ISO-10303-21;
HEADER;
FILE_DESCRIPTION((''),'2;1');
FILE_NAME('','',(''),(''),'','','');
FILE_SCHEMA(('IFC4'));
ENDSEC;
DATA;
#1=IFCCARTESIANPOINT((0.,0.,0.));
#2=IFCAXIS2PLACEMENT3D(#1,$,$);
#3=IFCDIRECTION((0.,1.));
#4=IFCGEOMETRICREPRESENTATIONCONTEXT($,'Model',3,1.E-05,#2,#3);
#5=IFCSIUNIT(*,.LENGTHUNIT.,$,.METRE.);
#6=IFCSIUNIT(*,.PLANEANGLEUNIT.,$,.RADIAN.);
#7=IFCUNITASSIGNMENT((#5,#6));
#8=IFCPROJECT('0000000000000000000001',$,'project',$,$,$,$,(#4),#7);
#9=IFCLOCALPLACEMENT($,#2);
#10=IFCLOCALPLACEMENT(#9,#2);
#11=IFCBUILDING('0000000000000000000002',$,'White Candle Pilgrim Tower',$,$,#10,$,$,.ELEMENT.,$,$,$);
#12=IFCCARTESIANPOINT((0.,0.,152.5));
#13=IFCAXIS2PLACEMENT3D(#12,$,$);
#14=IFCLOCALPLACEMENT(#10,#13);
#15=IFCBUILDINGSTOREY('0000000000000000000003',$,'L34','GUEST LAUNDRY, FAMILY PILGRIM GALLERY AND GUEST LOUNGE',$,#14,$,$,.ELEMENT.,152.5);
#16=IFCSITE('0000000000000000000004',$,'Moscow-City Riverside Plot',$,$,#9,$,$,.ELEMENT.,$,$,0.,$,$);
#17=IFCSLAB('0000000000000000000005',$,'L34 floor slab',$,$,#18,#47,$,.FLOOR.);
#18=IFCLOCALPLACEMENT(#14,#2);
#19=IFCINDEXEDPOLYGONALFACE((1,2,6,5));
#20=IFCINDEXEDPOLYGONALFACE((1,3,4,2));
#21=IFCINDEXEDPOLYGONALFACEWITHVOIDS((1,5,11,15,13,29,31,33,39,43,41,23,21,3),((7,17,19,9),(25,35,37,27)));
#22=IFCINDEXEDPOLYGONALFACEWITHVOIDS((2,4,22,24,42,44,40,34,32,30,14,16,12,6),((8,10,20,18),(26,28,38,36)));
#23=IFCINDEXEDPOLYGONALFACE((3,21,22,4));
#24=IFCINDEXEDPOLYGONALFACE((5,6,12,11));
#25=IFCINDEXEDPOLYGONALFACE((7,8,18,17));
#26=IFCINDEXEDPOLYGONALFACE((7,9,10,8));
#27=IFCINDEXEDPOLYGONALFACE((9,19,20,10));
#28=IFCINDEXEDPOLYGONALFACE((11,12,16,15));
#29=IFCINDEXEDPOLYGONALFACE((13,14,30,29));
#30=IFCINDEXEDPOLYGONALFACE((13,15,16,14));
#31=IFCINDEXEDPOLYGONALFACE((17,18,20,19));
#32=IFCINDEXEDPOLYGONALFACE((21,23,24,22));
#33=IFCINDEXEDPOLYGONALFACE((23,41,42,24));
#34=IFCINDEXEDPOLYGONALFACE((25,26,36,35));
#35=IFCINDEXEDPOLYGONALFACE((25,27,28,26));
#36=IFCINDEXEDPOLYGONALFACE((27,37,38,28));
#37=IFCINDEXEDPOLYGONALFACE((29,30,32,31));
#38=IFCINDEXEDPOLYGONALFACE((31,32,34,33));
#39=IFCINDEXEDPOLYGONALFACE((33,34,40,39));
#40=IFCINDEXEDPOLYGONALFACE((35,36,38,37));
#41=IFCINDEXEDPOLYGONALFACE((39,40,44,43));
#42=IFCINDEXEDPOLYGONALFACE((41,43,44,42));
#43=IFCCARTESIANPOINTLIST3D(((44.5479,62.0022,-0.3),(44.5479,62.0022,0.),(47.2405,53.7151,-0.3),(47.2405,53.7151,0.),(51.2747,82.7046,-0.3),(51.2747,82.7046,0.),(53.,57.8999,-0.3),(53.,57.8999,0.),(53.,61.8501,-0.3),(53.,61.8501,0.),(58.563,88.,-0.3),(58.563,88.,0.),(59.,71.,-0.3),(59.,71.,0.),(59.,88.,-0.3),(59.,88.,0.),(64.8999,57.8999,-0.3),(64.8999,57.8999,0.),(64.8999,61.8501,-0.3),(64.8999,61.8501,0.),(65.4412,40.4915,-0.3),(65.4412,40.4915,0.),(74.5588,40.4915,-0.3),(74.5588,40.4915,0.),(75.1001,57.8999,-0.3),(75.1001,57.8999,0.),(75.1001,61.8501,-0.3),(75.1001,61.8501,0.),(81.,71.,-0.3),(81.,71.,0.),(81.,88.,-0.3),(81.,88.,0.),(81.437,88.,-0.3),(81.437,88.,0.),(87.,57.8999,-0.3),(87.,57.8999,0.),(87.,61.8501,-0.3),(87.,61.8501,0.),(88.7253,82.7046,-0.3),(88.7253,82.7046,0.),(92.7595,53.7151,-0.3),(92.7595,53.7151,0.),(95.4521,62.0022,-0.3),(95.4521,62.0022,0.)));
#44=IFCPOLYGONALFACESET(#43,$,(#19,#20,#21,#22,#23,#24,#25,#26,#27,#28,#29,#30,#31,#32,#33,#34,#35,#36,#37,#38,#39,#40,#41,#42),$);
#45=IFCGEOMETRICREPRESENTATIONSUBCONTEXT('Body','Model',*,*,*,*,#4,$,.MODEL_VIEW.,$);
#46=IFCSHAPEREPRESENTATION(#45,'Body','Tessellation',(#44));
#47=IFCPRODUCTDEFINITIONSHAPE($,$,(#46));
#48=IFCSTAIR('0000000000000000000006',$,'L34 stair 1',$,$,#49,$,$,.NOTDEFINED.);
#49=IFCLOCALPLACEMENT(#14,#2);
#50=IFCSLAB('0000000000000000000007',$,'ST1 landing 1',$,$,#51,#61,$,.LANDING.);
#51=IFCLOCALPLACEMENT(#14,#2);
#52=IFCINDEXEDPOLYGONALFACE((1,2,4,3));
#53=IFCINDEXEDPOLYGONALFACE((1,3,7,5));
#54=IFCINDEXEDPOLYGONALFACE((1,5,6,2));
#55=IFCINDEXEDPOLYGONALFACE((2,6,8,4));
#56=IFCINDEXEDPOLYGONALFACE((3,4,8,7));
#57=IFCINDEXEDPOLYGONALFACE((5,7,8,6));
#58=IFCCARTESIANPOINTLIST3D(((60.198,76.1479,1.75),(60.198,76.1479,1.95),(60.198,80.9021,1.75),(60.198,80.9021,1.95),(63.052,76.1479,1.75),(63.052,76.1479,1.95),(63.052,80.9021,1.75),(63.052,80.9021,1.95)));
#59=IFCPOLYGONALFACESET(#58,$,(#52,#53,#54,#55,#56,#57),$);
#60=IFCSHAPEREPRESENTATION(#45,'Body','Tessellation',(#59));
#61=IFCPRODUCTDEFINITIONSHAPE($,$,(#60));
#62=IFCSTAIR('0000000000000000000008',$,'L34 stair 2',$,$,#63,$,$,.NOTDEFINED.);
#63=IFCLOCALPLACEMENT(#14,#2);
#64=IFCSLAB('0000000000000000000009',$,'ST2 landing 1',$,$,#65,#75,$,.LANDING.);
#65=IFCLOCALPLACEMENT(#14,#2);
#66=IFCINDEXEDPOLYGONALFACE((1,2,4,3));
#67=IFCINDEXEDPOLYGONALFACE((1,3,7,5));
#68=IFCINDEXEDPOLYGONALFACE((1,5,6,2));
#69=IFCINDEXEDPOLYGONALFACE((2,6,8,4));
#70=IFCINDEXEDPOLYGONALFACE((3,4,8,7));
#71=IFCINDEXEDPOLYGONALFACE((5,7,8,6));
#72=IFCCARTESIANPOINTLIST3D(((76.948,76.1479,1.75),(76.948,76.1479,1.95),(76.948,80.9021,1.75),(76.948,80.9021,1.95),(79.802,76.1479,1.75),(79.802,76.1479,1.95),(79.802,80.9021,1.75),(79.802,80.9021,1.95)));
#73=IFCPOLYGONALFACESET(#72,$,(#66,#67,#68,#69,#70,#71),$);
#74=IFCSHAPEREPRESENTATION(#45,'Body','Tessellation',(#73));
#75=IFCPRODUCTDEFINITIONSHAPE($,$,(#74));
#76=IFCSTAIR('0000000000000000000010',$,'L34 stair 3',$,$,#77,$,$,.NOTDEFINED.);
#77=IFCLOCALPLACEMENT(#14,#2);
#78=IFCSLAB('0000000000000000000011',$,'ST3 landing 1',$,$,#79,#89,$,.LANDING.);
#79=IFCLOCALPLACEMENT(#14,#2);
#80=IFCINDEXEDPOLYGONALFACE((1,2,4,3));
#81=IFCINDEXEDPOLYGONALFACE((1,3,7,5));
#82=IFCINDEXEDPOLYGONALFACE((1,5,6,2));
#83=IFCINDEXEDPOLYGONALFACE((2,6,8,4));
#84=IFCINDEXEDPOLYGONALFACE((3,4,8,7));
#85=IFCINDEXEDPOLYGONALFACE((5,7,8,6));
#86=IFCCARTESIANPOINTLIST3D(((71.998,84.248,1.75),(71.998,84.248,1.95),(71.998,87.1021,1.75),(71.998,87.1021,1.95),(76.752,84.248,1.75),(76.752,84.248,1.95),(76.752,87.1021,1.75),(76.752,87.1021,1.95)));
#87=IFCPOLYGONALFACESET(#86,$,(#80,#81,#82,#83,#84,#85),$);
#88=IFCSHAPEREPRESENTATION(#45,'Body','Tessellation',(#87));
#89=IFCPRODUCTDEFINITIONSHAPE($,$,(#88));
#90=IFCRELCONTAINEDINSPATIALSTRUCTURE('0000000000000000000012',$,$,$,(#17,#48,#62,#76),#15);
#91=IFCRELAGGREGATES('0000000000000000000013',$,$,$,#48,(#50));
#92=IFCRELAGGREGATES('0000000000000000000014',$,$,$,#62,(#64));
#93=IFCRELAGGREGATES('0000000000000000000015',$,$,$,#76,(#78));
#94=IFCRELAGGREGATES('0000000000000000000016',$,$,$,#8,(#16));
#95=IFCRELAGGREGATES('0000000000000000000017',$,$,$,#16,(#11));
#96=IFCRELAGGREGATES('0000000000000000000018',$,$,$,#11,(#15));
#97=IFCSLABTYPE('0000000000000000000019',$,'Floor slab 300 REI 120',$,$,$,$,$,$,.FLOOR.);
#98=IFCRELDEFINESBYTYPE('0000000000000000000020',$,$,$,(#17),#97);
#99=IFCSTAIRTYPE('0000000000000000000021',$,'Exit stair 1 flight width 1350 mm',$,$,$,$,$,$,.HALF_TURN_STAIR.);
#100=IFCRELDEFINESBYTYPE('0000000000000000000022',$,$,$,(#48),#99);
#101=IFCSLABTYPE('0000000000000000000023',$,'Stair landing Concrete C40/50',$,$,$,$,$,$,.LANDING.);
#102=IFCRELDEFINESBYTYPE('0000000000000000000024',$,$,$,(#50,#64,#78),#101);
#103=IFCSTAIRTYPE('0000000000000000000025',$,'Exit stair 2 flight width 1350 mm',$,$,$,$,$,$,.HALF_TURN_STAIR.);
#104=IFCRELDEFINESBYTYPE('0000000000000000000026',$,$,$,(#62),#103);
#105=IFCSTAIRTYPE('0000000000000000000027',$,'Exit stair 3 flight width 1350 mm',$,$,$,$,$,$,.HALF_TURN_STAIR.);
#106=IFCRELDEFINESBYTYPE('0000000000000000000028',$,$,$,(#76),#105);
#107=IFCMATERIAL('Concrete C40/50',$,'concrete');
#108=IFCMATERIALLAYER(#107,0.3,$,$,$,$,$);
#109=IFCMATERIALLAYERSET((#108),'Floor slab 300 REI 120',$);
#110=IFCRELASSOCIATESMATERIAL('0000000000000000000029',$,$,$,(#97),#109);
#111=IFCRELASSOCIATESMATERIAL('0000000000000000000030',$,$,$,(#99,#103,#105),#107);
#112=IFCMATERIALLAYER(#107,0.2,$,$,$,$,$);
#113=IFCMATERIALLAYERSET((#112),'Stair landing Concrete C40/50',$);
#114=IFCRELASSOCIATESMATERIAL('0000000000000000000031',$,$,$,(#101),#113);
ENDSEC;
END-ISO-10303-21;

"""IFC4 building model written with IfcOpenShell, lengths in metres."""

from ifc_helpers import new_model, si_unit, direction, frame, origin, place, context, subcontext, project, spatial, polyline, outline, extrude, material, layer, layer_set, type_object, element, aggregate, save


model = new_model("IFC4")

# Units and contexts
model_context = context("Model", 3, precision=1e-05, world=origin(), true_north=direction((0.0, 1.0)))
body_context = subcontext(model_context, "Body", "Model", "MODEL_VIEW")
ifc_project = project(units=[si_unit("LENGTHUNIT", "METRE"), si_unit("PLANEANGLEUNIT", "RADIAN")], contexts=[model_context])

# Site, building, storey
site_placement = place(None, origin())
site = spatial("IfcSite", under=ifc_project, at=site_placement, Name="Moscow-City Riverside Plot", CompositionType="ELEMENT", RefElevation=0.0)
building_placement = place(site_placement, origin())
building = spatial("IfcBuilding", under=site, at=building_placement, Name="White Candle Pilgrim Tower", CompositionType="ELEMENT")
storey_placement = place(building_placement, frame((0.0, 0.0, 152.5)))
storey = spatial("IfcBuildingStorey", under=building, at=storey_placement, Name="L34", Description="GUEST LAUNDRY, FAMILY PILGRIM GALLERY AND GUEST LOUNGE", CompositionType="ELEMENT", Elevation=152.5)

# Slab
ifc_material = material(Name="Concrete C40/50", Category="concrete")
ifc_layer_1 = layer(ifc_material, 0.3)
ifc_layer_set_1 = layer_set([ifc_layer_1], Name="Floor slab 300 REI 120")
slab_type_1 = type_object("IfcSlabType", Name="Floor slab 300 REI 120", PredefinedType="FLOOR", material=ifc_layer_set_1)
slab_1_placement = place(storey_placement, frame((0.0, 0.0, -0.3)))
element("IfcSlab", 1, at=slab_1_placement, inside=storey, type_object=slab_type_1, Name="L34 floor slab", PredefinedType="FLOOR", context=body_context, shape_type="SweptSolid", body=[
    extrude(outline(polyline([(65.4412, 40.4915), (74.5588, 40.4915), (92.7595, 53.7151), (95.4521, 62.0022), (88.7253, 82.7046), (81.437, 88.0), (81.0, 88.0), (81.0, 71.0), (59.0, 71.0), (59.0, 88.0), (58.563, 88.0), (51.2747, 82.7046), (44.5479, 62.0022), (47.2405, 53.7151), (65.4412, 40.4915)]), holes=[polyline([(53.0, 57.8999), (53.0, 61.8501), (64.8999, 61.8501), (64.8999, 57.8999), (53.0, 57.8999)]), polyline([(75.1001, 57.8999), (75.1001, 61.8501), (87.0, 61.8501), (87.0, 57.8999), (75.1001, 57.8999)])]), origin(), (0.0, 0.0, 1.0), 0.3),
])

# Stairs, slabs
stair_type_1 = type_object("IfcStairType", Name="Exit stair 1 flight width 1350 mm", PredefinedType="HALF_TURN_STAIR", material=ifc_material)
stair_1_placement = place(storey_placement, origin())
stair_1 = element("IfcStair", 2, at=stair_1_placement, inside=storey, type_object=stair_type_1, Name="L34 stair 1", PredefinedType="NOTDEFINED")
ifc_layer_2 = layer(ifc_material, 0.2)
ifc_layer_set_2 = layer_set([ifc_layer_2], Name="Stair landing Concrete C40/50")
slab_type_2 = type_object("IfcSlabType", Name="Stair landing Concrete C40/50", PredefinedType="LANDING", material=ifc_layer_set_2)
slab_2_placement = place(storey_placement, frame((0.0, 0.0, 1.75)))
slab_2 = element("IfcSlab", 3, at=slab_2_placement, type_object=slab_type_2, Name="ST1 landing 1", PredefinedType="LANDING", context=body_context, shape_type="SweptSolid", body=[
    extrude(outline(polyline([(63.052, 76.1479), (60.198, 76.1479), (60.198, 80.9021), (63.052, 80.9021), (63.052, 76.1479)])), origin(), (0.0, 0.0, 1.0), 0.2),
])
aggregate(stair_1, [slab_2])
stair_type_2 = type_object("IfcStairType", Name="Exit stair 2 flight width 1350 mm", PredefinedType="HALF_TURN_STAIR", material=ifc_material)
stair_2_placement = place(storey_placement, origin())
stair_2 = element("IfcStair", 4, at=stair_2_placement, inside=storey, type_object=stair_type_2, Name="L34 stair 2", PredefinedType="NOTDEFINED")
slab_3_placement = place(storey_placement, frame((0.0, 0.0, 1.75)))
slab_3 = element("IfcSlab", 5, at=slab_3_placement, type_object=slab_type_2, Name="ST2 landing 1", PredefinedType="LANDING", context=body_context, shape_type="SweptSolid", body=[
    extrude(outline(polyline([(79.802, 76.1479), (76.948, 76.1479), (76.948, 80.9021), (79.802, 80.9021), (79.802, 76.1479)])), origin(), (0.0, 0.0, 1.0), 0.2),
])
aggregate(stair_2, [slab_3])
stair_type_3 = type_object("IfcStairType", Name="Exit stair 3 flight width 1350 mm", PredefinedType="HALF_TURN_STAIR", material=ifc_material)
stair_3_placement = place(storey_placement, origin())
stair_3 = element("IfcStair", 6, at=stair_3_placement, inside=storey, type_object=stair_type_3, Name="L34 stair 3", PredefinedType="NOTDEFINED")
slab_4_placement = place(storey_placement, frame((0.0, 0.0, 1.75)))
slab_4 = element("IfcSlab", 7, at=slab_4_placement, type_object=slab_type_2, Name="ST3 landing 1", PredefinedType="LANDING", context=body_context, shape_type="SweptSolid", body=[
    extrude(outline(polyline([(71.998, 84.248), (71.998, 87.1021), (76.752, 87.1021), (76.752, 84.248), (71.998, 84.248)])), origin(), (0.0, 0.0, 1.0), 0.2),
])
aggregate(stair_3, [slab_4])

save(model, "model.ifc")
